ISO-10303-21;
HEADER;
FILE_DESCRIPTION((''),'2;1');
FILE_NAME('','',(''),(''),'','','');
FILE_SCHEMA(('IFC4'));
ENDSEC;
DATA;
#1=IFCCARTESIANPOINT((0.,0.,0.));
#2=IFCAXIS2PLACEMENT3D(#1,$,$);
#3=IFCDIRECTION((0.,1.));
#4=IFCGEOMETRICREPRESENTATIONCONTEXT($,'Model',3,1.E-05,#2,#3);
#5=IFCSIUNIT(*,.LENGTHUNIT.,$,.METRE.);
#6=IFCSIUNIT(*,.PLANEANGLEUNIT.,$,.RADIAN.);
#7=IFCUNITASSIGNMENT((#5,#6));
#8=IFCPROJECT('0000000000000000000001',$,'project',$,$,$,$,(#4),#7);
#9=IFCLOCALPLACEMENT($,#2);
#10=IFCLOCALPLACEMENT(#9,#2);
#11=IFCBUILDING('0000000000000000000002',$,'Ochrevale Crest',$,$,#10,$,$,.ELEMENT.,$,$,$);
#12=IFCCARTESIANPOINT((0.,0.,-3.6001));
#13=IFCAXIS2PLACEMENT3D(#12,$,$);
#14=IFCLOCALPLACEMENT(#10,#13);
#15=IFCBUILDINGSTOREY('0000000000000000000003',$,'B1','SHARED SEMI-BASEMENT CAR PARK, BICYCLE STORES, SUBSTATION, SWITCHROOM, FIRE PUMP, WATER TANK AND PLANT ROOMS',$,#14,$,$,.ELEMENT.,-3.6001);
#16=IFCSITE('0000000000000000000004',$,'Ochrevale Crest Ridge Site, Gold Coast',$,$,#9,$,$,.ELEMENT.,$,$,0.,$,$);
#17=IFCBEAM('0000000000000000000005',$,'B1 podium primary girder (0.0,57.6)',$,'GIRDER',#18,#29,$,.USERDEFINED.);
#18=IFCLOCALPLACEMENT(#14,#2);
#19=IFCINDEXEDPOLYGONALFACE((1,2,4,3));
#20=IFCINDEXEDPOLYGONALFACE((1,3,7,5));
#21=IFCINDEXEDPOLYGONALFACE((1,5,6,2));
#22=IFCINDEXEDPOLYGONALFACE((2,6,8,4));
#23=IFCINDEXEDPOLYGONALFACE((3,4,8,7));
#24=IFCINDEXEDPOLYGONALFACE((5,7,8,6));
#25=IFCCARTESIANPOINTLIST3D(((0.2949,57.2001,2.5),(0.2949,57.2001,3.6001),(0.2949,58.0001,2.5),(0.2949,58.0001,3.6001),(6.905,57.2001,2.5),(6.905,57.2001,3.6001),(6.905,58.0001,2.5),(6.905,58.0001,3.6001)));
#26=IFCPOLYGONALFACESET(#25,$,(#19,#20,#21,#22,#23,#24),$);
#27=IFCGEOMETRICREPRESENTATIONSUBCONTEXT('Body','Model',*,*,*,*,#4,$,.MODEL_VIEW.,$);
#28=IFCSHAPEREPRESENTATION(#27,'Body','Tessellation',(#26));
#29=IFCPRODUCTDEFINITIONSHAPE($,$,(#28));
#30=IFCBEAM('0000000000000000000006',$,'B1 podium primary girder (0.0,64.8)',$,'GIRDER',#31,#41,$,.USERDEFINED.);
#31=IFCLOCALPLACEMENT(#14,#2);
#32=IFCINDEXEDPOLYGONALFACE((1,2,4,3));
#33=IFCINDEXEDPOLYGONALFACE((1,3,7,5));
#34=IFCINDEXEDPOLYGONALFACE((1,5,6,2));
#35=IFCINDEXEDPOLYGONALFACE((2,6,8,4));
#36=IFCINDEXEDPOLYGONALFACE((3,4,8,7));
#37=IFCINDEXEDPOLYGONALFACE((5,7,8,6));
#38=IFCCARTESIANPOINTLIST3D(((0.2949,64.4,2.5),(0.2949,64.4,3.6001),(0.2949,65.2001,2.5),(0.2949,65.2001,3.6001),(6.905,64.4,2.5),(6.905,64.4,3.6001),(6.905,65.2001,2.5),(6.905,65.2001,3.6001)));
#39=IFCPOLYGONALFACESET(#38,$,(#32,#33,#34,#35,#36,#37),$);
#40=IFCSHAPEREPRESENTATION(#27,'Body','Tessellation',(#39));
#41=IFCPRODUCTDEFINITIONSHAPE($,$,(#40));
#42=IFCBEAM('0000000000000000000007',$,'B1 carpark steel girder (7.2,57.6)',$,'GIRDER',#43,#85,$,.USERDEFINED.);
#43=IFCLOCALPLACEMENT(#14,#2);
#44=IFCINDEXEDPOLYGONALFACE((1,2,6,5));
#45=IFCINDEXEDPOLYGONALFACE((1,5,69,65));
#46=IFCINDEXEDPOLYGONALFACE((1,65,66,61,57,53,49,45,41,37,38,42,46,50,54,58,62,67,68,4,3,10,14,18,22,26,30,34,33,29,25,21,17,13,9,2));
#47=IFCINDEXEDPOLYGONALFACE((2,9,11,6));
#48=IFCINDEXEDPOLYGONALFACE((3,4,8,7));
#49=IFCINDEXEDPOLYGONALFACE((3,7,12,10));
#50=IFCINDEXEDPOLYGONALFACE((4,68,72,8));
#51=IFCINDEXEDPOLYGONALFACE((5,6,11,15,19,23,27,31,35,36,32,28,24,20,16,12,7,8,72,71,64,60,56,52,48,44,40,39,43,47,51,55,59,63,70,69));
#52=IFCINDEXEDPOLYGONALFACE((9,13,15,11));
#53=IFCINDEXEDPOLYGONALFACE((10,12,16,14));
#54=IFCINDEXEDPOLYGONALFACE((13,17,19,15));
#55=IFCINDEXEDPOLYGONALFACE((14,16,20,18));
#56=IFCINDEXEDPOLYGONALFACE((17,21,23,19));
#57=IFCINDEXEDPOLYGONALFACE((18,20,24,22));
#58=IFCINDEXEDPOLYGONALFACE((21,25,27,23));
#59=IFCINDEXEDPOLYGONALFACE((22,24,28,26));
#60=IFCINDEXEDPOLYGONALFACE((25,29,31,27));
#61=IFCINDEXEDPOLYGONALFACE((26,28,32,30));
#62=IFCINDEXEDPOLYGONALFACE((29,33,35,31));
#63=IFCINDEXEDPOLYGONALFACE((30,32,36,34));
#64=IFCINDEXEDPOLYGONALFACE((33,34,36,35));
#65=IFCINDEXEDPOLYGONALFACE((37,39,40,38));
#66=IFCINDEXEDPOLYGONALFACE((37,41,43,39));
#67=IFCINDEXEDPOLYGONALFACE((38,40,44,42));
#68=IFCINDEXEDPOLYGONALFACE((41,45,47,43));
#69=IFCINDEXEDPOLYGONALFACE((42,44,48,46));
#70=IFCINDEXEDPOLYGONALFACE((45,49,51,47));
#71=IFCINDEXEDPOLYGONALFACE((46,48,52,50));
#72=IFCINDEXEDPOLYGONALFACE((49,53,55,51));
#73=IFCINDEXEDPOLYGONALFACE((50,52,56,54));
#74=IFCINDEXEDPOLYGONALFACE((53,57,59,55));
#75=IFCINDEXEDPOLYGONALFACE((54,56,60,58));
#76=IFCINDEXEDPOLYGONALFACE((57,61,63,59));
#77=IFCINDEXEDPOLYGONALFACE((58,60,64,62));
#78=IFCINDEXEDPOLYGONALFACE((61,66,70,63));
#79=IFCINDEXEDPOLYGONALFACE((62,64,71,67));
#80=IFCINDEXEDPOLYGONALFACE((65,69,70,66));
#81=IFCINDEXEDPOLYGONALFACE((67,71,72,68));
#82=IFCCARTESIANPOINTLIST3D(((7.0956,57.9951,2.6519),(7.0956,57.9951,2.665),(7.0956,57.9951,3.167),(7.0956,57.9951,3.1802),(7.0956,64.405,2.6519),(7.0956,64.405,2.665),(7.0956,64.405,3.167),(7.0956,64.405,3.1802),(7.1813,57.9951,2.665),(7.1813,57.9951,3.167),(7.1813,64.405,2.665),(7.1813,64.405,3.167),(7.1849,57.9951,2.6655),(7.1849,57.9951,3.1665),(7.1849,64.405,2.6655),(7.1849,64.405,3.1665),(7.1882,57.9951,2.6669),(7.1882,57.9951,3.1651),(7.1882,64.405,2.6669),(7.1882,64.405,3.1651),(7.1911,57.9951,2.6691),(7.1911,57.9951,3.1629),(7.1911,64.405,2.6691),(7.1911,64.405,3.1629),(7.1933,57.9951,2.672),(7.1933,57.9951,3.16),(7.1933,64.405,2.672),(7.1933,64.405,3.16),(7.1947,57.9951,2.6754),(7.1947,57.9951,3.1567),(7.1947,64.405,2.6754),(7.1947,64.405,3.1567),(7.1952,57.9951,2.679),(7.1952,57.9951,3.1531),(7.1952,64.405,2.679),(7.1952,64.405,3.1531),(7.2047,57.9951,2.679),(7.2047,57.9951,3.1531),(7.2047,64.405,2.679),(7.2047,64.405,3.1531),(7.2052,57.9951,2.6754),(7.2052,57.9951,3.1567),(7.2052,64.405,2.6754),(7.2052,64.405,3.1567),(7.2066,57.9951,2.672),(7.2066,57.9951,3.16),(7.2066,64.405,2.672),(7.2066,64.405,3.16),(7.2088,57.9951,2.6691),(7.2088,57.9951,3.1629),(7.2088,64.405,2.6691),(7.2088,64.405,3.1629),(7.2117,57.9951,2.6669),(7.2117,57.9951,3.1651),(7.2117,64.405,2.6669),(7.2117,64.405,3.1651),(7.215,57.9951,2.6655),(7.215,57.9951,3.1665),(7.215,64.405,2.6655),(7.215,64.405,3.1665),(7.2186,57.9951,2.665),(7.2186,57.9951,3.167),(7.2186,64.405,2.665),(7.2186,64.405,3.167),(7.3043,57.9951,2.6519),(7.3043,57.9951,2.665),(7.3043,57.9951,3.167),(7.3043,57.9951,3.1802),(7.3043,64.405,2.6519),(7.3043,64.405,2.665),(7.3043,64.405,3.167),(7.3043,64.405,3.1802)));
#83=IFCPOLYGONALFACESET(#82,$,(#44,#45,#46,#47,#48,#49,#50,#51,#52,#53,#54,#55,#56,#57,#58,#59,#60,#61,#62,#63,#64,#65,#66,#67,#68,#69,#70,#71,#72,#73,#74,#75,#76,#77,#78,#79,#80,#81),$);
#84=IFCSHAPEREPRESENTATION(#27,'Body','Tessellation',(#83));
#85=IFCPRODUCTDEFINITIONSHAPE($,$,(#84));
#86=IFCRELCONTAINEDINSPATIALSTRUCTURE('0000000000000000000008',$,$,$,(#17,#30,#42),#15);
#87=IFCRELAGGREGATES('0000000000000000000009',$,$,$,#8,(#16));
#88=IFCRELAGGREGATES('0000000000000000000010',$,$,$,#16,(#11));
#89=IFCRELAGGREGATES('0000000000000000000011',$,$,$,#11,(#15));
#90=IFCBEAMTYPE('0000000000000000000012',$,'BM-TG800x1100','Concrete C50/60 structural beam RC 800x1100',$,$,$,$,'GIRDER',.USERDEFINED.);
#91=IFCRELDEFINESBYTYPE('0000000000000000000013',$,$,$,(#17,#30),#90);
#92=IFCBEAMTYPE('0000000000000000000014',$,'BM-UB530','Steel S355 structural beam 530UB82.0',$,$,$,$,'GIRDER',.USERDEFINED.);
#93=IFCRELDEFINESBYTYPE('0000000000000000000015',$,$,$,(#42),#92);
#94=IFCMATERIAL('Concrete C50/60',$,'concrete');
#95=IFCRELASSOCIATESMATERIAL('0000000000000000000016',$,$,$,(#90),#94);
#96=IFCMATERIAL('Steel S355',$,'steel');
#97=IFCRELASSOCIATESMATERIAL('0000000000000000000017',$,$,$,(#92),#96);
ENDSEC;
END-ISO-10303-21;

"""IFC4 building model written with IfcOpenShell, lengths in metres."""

from ifc_helpers import new_model, si_unit, direction, frame, origin, origin_2d, place, context, subcontext, project, spatial, rectangle, i_section, extrude, material, material_profile, profile_set, type_object, element, save


model = new_model("IFC4")

# Units and contexts
model_context = context("Model", 3, precision=1e-05, world=origin(), true_north=direction((0.0, 1.0)))
body_context = subcontext(model_context, "Body", "Model", "MODEL_VIEW")
ifc_project = project(units=[si_unit("LENGTHUNIT", "METRE"), si_unit("PLANEANGLEUNIT", "RADIAN")], contexts=[model_context])

# Site, building, storey
site_placement = place(None, origin())
site = spatial("IfcSite", under=ifc_project, at=site_placement, Name="Ochrevale Crest Ridge Site, Gold Coast", CompositionType="ELEMENT", RefElevation=0.0)
building_placement = place(site_placement, origin())
building = spatial("IfcBuilding", under=site, at=building_placement, Name="Ochrevale Crest", CompositionType="ELEMENT")
storey_placement = place(building_placement, frame((0.0, 0.0, -3.6001)))
storey = spatial("IfcBuildingStorey", under=building, at=storey_placement, Name="B1", Description="SHARED SEMI-BASEMENT CAR PARK, BICYCLE STORES, SUBSTATION, SWITCHROOM, FIRE PUMP, WATER TANK AND PLANT ROOMS", CompositionType="ELEMENT", Elevation=-3.6001)

# Shared definitions
ifc_material_1 = material(Name="Concrete C50/60", Category="concrete")

# Beams
ifc_material_profile_1 = material_profile(ifc_material_1, rectangle(XDim=0.8, YDim=1.1001, at=origin_2d()), Name="RC 800x1100")
ifc_profile_set_1 = profile_set([ifc_material_profile_1], Name="Concrete C50/60")
beam_type_1 = type_object("IfcBeamType", Name="BM-TG800x1100", Description="Concrete C50/60 structural beam RC 800x1100", ElementType="GIRDER", PredefinedType="USERDEFINED", material=ifc_profile_set_1)
for number, where, z_axis, x_axis, name in (
    (1, (0.2949, 57.6001, 3.05), (1.0, 0.0, 0.0), (0.0, 1.0, 0.0), "B1 podium primary girder (0.0,57.6)"),
    (2, (0.2949, 64.8, 3.05), (1.0, 0.0, 0.0), (0.0, 1.0, 0.0), "B1 podium primary girder (0.0,64.8)"),
):
    element("IfcBeam", number, at=place(storey_placement, frame(where, z_axis=z_axis, x_axis=x_axis)), inside=storey, type_object=beam_type_1, Name=name, ObjectType="GIRDER", PredefinedType="USERDEFINED", context=body_context, shape_type="SweptSolid", body=[
        extrude(rectangle(XDim=0.8, YDim=1.1001, at=origin_2d()), origin(), (0.0, 0.0, 1.0), 6.6101),
    ])
ifc_material_2 = material(Name="Steel S355", Category="steel")
ifc_material_profile_2 = material_profile(ifc_material_2, i_section(OverallWidth=0.2087, OverallDepth=0.5283, WebThickness=0.0095, FlangeThickness=0.0132, FilletRadius=0.0139, at=origin_2d()), Name="530UB82.0")
ifc_profile_set_2 = profile_set([ifc_material_profile_2], Name="Steel S355")
beam_type_2 = type_object("IfcBeamType", Name="BM-UB530", Description="Steel S355 structural beam 530UB82.0", ElementType="GIRDER", PredefinedType="USERDEFINED", material=ifc_profile_set_2)
beam_placement = place(storey_placement, frame((7.2, 57.9951, 2.916), z_axis=(0.0, 1.0, 0.0), x_axis=(-1.0, 0.0, 0.0)))
element("IfcBeam", 3, at=beam_placement, inside=storey, type_object=beam_type_2, Name="B1 carpark steel girder (7.2,57.6)", ObjectType="GIRDER", PredefinedType="USERDEFINED", context=body_context, shape_type="SweptSolid", body=[
    extrude(i_section(OverallWidth=0.2087, OverallDepth=0.5283, WebThickness=0.0095, FlangeThickness=0.0132, FilletRadius=0.0139, at=origin_2d()), origin(), (0.0, 0.0, 1.0), 6.4099),
])

save(model, "model.ifc")
